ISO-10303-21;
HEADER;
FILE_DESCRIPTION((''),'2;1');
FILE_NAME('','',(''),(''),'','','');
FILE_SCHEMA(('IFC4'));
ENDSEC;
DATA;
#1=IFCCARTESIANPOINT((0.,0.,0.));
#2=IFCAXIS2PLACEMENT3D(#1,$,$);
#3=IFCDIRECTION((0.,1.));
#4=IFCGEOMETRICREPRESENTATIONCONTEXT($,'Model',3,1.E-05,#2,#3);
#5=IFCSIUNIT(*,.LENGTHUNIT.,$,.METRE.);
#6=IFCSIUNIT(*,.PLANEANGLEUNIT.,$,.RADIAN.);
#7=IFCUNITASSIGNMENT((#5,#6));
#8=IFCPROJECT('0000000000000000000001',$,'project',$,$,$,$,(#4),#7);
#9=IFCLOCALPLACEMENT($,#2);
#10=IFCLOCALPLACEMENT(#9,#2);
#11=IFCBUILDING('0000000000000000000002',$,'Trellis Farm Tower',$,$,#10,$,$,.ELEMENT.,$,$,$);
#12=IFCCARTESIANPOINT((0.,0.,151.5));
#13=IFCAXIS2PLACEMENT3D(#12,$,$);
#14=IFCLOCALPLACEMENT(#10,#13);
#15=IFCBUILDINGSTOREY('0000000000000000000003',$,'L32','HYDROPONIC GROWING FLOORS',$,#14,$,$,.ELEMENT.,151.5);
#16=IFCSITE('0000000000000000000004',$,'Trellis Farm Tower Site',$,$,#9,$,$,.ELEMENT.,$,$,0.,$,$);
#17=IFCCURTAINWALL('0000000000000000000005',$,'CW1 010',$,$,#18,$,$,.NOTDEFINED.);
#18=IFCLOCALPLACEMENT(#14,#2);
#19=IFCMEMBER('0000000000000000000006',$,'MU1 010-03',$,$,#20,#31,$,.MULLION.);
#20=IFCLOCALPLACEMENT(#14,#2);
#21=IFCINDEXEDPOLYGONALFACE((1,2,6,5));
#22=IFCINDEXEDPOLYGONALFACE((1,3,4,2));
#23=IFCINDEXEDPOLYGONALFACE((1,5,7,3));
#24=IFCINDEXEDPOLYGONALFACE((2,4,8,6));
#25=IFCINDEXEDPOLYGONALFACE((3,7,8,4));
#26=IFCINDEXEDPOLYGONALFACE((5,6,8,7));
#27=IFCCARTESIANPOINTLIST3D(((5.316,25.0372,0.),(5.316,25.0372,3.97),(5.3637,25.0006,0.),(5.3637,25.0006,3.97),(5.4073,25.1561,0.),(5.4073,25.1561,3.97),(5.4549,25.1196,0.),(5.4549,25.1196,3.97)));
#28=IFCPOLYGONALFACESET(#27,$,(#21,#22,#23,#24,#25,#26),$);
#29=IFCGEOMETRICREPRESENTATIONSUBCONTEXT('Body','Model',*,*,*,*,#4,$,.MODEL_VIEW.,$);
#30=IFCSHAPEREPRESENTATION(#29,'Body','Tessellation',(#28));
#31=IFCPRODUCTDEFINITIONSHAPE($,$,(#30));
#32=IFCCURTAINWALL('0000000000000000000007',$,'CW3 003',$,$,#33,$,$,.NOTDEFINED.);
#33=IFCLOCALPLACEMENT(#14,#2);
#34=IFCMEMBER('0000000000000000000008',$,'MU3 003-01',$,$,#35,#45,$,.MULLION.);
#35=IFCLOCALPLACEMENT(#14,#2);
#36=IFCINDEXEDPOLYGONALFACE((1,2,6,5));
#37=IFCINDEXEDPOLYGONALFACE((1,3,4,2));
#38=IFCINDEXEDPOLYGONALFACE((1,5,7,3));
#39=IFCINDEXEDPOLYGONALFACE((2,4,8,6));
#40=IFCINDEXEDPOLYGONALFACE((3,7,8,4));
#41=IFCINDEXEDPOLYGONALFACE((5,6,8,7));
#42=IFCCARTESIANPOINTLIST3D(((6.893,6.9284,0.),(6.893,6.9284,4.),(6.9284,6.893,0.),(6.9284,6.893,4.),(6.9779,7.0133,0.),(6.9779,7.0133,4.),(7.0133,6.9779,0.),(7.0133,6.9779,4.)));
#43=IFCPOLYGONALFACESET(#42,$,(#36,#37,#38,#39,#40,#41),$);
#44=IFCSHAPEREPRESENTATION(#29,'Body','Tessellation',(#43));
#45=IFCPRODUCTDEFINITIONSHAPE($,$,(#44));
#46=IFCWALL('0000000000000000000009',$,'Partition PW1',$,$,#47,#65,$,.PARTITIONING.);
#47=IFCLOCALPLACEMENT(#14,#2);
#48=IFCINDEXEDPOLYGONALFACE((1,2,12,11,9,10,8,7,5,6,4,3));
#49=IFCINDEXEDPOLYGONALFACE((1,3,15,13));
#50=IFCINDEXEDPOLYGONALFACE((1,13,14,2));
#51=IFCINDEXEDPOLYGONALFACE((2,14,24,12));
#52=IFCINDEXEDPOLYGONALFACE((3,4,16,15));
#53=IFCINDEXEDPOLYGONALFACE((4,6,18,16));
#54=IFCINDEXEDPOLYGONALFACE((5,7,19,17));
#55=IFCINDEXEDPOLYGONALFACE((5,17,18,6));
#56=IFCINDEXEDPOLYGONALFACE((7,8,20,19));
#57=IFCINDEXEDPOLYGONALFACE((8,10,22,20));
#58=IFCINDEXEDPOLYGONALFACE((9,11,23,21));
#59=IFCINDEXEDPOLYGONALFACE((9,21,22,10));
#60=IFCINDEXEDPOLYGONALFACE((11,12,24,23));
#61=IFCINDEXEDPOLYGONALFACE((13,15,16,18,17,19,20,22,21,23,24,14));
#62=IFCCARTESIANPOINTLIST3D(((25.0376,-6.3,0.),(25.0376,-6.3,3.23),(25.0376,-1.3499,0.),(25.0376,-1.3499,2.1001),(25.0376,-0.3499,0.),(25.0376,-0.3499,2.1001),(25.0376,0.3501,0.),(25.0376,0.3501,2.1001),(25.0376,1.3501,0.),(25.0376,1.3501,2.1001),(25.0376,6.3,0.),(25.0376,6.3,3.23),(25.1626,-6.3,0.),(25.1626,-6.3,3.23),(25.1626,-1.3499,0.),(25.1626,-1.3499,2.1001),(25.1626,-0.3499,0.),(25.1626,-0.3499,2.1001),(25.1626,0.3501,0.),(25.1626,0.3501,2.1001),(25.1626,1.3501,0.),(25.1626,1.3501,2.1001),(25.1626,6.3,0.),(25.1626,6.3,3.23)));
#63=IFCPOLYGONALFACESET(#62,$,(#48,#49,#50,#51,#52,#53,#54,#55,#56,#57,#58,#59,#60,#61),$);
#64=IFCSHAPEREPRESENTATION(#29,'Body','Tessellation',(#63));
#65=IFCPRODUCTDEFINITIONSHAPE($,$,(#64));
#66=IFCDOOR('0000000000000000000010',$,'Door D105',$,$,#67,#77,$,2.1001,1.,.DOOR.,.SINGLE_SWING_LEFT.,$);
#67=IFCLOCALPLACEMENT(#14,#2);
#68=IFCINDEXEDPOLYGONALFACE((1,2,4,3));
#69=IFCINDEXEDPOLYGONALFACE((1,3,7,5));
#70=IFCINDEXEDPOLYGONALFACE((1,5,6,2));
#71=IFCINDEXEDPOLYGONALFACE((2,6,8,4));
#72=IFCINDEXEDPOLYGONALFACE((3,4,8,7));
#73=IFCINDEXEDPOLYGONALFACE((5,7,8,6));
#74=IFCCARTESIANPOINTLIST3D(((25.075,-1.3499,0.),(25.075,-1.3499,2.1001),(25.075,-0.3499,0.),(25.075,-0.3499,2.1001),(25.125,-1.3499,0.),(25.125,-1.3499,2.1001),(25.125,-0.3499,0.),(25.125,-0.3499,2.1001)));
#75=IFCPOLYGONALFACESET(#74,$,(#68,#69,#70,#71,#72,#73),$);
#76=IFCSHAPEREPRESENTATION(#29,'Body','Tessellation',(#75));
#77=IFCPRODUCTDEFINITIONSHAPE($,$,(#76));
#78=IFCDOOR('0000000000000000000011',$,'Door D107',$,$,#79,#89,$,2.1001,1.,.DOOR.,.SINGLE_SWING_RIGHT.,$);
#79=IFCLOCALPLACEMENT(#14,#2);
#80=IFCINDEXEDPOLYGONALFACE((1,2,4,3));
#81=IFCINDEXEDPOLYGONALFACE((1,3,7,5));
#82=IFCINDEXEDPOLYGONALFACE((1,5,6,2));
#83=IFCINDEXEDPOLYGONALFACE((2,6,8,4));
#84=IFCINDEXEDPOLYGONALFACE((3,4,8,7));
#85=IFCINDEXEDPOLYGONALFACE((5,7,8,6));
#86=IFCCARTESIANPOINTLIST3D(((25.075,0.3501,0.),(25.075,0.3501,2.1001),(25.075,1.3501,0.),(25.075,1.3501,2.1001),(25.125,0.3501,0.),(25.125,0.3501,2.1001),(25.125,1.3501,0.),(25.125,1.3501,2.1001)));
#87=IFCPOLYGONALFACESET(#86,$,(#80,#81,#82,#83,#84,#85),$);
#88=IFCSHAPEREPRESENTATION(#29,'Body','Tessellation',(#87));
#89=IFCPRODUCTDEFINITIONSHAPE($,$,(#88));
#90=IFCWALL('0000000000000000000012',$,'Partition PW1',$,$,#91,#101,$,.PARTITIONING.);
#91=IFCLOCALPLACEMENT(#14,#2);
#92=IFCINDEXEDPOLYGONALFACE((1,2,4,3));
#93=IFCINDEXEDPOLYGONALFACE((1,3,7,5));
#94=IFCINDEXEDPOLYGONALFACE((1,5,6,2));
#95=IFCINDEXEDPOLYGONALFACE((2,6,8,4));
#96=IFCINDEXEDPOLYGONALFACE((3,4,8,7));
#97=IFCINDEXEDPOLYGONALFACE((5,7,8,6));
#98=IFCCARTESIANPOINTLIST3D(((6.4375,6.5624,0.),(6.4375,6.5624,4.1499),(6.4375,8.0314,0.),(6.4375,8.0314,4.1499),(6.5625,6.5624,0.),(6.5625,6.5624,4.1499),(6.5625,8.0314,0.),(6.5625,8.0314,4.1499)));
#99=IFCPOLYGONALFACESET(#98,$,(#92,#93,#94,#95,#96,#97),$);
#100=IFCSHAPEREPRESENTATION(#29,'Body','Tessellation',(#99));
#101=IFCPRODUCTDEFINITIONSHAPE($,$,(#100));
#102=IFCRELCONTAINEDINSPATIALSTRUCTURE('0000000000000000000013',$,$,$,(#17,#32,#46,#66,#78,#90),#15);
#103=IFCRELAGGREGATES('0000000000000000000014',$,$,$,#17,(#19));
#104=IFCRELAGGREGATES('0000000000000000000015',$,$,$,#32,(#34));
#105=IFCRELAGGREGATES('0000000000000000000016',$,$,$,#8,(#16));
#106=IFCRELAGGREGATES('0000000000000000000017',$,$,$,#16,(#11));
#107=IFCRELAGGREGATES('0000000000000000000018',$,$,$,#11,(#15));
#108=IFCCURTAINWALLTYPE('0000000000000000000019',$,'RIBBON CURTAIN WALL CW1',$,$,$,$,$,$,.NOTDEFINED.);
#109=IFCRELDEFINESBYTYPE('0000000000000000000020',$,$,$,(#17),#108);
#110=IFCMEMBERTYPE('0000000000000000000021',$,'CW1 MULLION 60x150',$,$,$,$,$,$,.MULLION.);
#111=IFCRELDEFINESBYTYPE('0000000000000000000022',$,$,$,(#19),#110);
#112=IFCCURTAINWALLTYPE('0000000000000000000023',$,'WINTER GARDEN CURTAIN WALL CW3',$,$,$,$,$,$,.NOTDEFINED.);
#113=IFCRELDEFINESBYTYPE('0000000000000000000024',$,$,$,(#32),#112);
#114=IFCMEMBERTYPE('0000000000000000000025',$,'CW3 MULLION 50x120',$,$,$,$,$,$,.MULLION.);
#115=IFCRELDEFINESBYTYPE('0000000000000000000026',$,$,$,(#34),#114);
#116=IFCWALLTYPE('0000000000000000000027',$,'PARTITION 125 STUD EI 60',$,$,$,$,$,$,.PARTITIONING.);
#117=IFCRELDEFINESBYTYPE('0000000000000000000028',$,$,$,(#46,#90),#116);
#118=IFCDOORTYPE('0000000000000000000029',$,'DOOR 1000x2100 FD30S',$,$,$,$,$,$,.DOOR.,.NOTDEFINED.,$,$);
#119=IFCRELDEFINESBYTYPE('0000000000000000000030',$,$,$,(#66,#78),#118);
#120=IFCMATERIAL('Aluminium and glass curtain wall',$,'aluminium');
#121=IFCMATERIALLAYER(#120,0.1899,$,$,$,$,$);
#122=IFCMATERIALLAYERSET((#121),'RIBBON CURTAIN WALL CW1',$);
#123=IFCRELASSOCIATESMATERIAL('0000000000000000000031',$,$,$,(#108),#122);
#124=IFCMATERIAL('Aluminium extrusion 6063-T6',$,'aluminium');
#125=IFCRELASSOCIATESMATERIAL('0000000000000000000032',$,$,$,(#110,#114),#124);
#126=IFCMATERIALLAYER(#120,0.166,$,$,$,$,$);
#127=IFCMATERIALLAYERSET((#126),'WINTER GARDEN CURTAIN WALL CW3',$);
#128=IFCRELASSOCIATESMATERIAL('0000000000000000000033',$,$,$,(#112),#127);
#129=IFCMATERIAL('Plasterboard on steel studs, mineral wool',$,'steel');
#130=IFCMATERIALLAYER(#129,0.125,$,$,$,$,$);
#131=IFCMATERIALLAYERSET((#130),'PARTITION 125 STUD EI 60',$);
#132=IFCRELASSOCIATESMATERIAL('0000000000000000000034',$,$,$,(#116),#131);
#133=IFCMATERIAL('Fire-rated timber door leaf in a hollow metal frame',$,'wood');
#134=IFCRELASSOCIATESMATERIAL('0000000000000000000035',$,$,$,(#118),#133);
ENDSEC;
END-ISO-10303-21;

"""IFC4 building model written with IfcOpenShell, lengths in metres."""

from ifc_helpers import new_model, si_unit, direction, frame, frame_2d, origin, origin_2d, place, context, subcontext, project, spatial, rectangle, extrude, source, transform, mapped, material, layer, layer_set, material_profile, profile_set, type_object, element, fill, aggregate, save


model = new_model("IFC4")

# Units and contexts
model_context = context("Model", 3, precision=1e-05, world=origin(), true_north=direction((0.0, 1.0)))
body_context = subcontext(model_context, "Body", "Model", "MODEL_VIEW")
ifc_project = project(units=[si_unit("LENGTHUNIT", "METRE"), si_unit("PLANEANGLEUNIT", "RADIAN")], contexts=[model_context])

# Site, building, storey
site_placement = place(None, origin())
site = spatial("IfcSite", under=ifc_project, at=site_placement, Name="Trellis Farm Tower Site", CompositionType="ELEMENT", RefElevation=0.0)
building_placement = place(site_placement, origin())
building = spatial("IfcBuilding", under=site, at=building_placement, Name="Trellis Farm Tower", CompositionType="ELEMENT")
storey_placement = place(building_placement, frame((0.0, 0.0, 151.5)))
storey = spatial("IfcBuildingStorey", under=building, at=storey_placement, Name="L32", Description="HYDROPONIC GROWING FLOORS", CompositionType="ELEMENT", Elevation=151.5)

# Curtain wall, member
ifc_material_1 = material(Name="Aluminium and glass curtain wall", Category="aluminium")
ifc_layer_1 = layer(ifc_material_1, 0.1899)
ifc_layer_set_1 = layer_set([ifc_layer_1], Name="RIBBON CURTAIN WALL CW1")
curtain_wall_type_1 = type_object("IfcCurtainWallType", Name="RIBBON CURTAIN WALL CW1", PredefinedType="NOTDEFINED", material=ifc_layer_set_1)
placement = place(storey_placement, origin())
ifc_material_2 = material(Name="Aluminium extrusion 6063-T6", Category="aluminium")
ifc_material_profile_1 = material_profile(ifc_material_2, rectangle(XDim=0.0601, YDim=0.1499, at=origin_2d()), Name="MULLION 60x150")
ifc_profile_set_1 = profile_set([ifc_material_profile_1], Name="Aluminium extrusion 6063-T6")
member_type_1 = type_object("IfcMemberType", Name="CW1 MULLION 60x150", PredefinedType="MULLION", material=ifc_profile_set_1)
shared_shape_1 = source(origin(), body_context, "Body", "SweptSolid", [
    extrude(rectangle(XDim=0.0601, YDim=0.1499, at=origin_2d()), origin(), (0.0, 0.0, 1.0), 3.97),
])
curtain_wall_1 = element("IfcCurtainWall", 1, at=placement, inside=storey, type_object=curtain_wall_type_1, Name="CW1 010", PredefinedType="NOTDEFINED")
member_1_placement = place(storey_placement, frame((5.3855, 25.0784, 0.0), z_axis=(0.0, 0.0, 1.0), x_axis=(-0.793353, 0.608761, 0.0)))
member_1 = element("IfcMember", 2, at=member_1_placement, type_object=member_type_1, Name="MU1 010-03", PredefinedType="MULLION", context=body_context, shape_type="MappedRepresentation", body=[
    mapped(shared_shape_1, transform((0.0, 0.0, 0.0))),
])
aggregate(curtain_wall_1, [member_1])

# Curtain wall, member
ifc_layer_2 = layer(ifc_material_1, 0.166)
ifc_layer_set_2 = layer_set([ifc_layer_2], Name="WINTER GARDEN CURTAIN WALL CW3")
curtain_wall_type_2 = type_object("IfcCurtainWallType", Name="WINTER GARDEN CURTAIN WALL CW3", PredefinedType="NOTDEFINED", material=ifc_layer_set_2)
curtain_wall_2 = element("IfcCurtainWall", 3, at=placement, inside=storey, type_object=curtain_wall_type_2, Name="CW3 003", PredefinedType="NOTDEFINED")
ifc_material_profile_2 = material_profile(ifc_material_2, rectangle(XDim=0.05, YDim=0.1201, at=origin_2d()), Name="MULLION 50x120")
ifc_profile_set_2 = profile_set([ifc_material_profile_2], Name="Aluminium extrusion 6063-T6")
member_type_2 = type_object("IfcMemberType", Name="CW3 MULLION 50x120", PredefinedType="MULLION", material=ifc_profile_set_2)
shared_shape_2 = source(origin(), body_context, "Body", "SweptSolid", [
    extrude(rectangle(XDim=0.05, YDim=0.1201, at=origin_2d()), origin(), (0.0, 0.0, 1.0), 4.0),
])
member_2_placement = place(storey_placement, frame((6.9531, 6.9531, 0.0), z_axis=(0.0, 0.0, 1.0), x_axis=(-0.707107, 0.707107, 0.0)))
member_2 = element("IfcMember", 4, at=member_2_placement, type_object=member_type_2, Name="MU3 003-01", PredefinedType="MULLION", context=body_context, shape_type="MappedRepresentation", body=[
    mapped(shared_shape_2, transform((0.0, 0.0, 0.0))),
])
aggregate(curtain_wall_2, [member_2])

# Wall, openings, doors
ifc_material_3 = material(Name="Plasterboard on steel studs, mineral wool", Category="steel")
ifc_layer_3 = layer(ifc_material_3, 0.125)
ifc_layer_set_3 = layer_set([ifc_layer_3], Name="PARTITION 125 STUD EI 60")
wall_type_1 = type_object("IfcWallType", Name="PARTITION 125 STUD EI 60", PredefinedType="PARTITIONING", material=ifc_layer_set_3)
wall_1_placement = place(storey_placement, frame((25.1001, 6.3, 0.0), z_axis=(0.0, 0.0, 1.0), x_axis=(0.0, -1.0, 0.0)))
wall_1 = element("IfcWall", 5, at=wall_1_placement, inside=storey, type_object=wall_type_1, Name="Partition PW1", PredefinedType="PARTITIONING", context=body_context, shape_type="SweptSolid", body=[
    extrude(rectangle(XDim=12.6001, YDim=0.125, at=frame_2d((6.3, 0.0))), origin(), (0.0, 0.0, 1.0), 3.23),
])
shared_shape_3 = source(origin(), body_context, "Body", "SweptSolid", [
    extrude(rectangle(XDim=1.0, YDim=2.1001, at=frame_2d((0.5, 1.05))), frame((0.0, 0.0725, 0.0), z_axis=(0.0, -1.0, 0.0), x_axis=(1.0, 0.0, 0.0)), (0.0, 0.0, 1.0), 0.145),
])
opening_1_placement = place(wall_1_placement, frame((6.6499, 0.0, 0.0)))
opening_1 = element("IfcOpeningElement", 6, at=opening_1_placement, cuts=wall_1, PredefinedType="OPENING", context=body_context, shape_type="MappedRepresentation", body=[
    mapped(shared_shape_3, transform((0.0, 0.0, 0.0))),
])
opening_2_placement = place(wall_1_placement, frame((4.95, 0.0, 0.0)))
opening_2 = element("IfcOpeningElement", 7, at=opening_2_placement, cuts=wall_1, PredefinedType="OPENING", context=body_context, shape_type="MappedRepresentation", body=[
    mapped(shared_shape_3, transform((0.0, 0.0, 0.0))),
])
ifc_material_4 = material(Name="Fire-rated timber door leaf in a hollow metal frame", Category="wood")
door_type_1 = type_object("IfcDoorType", Name="DOOR 1000x2100 FD30S", OperationType="NOTDEFINED", PredefinedType="DOOR", material=ifc_material_4)
shared_shape_4 = source(origin(), body_context, "Body", "SweptSolid", [
    extrude(rectangle(XDim=1.0, YDim=2.1001, at=frame_2d((0.5, 1.05))), frame((0.0, 0.0249, 0.0), z_axis=(0.0, -1.0, 0.0), x_axis=(1.0, 0.0, 0.0)), (0.0, 0.0, 1.0), 0.05),
])
door_1_placement = place(opening_1_placement, origin())
door_1 = element("IfcDoor", 8, at=door_1_placement, inside=storey, type_object=door_type_1, Name="Door D105", OperationType="SINGLE_SWING_LEFT", OverallHeight=2.1001, OverallWidth=1.0, PredefinedType="DOOR", context=body_context, shape_type="MappedRepresentation", body=[
    mapped(shared_shape_4, transform((0.0, 0.0, 0.0))),
])
fill(opening_1, door_1)
door_2_placement = place(opening_2_placement, origin())
door_2 = element("IfcDoor", 9, at=door_2_placement, inside=storey, type_object=door_type_1, Name="Door D107", OperationType="SINGLE_SWING_RIGHT", OverallHeight=2.1001, OverallWidth=1.0, PredefinedType="DOOR", context=body_context, shape_type="MappedRepresentation", body=[
    mapped(shared_shape_4, transform((0.0, 0.0, 0.0))),
])
fill(opening_2, door_2)

# Wall
shared_shape_5 = source(origin(), body_context, "Body", "SweptSolid", [
    extrude(rectangle(XDim=1.469, YDim=0.125, at=frame_2d((0.7344, 0.0))), origin(), (0.0, 0.0, 1.0), 4.1499),
])
wall_2_placement = place(storey_placement, frame((6.5, 6.5625, 0.0), z_axis=(0.0, 0.0, 1.0), x_axis=(0.0, 1.0, 0.0)))
element("IfcWall", 10, at=wall_2_placement, inside=storey, type_object=wall_type_1, Name="Partition PW1", PredefinedType="PARTITIONING", context=body_context, shape_type="MappedRepresentation", body=[
    mapped(shared_shape_5, transform((0.0, 0.0, 0.0))),
])

save(model, "model.ifc")
